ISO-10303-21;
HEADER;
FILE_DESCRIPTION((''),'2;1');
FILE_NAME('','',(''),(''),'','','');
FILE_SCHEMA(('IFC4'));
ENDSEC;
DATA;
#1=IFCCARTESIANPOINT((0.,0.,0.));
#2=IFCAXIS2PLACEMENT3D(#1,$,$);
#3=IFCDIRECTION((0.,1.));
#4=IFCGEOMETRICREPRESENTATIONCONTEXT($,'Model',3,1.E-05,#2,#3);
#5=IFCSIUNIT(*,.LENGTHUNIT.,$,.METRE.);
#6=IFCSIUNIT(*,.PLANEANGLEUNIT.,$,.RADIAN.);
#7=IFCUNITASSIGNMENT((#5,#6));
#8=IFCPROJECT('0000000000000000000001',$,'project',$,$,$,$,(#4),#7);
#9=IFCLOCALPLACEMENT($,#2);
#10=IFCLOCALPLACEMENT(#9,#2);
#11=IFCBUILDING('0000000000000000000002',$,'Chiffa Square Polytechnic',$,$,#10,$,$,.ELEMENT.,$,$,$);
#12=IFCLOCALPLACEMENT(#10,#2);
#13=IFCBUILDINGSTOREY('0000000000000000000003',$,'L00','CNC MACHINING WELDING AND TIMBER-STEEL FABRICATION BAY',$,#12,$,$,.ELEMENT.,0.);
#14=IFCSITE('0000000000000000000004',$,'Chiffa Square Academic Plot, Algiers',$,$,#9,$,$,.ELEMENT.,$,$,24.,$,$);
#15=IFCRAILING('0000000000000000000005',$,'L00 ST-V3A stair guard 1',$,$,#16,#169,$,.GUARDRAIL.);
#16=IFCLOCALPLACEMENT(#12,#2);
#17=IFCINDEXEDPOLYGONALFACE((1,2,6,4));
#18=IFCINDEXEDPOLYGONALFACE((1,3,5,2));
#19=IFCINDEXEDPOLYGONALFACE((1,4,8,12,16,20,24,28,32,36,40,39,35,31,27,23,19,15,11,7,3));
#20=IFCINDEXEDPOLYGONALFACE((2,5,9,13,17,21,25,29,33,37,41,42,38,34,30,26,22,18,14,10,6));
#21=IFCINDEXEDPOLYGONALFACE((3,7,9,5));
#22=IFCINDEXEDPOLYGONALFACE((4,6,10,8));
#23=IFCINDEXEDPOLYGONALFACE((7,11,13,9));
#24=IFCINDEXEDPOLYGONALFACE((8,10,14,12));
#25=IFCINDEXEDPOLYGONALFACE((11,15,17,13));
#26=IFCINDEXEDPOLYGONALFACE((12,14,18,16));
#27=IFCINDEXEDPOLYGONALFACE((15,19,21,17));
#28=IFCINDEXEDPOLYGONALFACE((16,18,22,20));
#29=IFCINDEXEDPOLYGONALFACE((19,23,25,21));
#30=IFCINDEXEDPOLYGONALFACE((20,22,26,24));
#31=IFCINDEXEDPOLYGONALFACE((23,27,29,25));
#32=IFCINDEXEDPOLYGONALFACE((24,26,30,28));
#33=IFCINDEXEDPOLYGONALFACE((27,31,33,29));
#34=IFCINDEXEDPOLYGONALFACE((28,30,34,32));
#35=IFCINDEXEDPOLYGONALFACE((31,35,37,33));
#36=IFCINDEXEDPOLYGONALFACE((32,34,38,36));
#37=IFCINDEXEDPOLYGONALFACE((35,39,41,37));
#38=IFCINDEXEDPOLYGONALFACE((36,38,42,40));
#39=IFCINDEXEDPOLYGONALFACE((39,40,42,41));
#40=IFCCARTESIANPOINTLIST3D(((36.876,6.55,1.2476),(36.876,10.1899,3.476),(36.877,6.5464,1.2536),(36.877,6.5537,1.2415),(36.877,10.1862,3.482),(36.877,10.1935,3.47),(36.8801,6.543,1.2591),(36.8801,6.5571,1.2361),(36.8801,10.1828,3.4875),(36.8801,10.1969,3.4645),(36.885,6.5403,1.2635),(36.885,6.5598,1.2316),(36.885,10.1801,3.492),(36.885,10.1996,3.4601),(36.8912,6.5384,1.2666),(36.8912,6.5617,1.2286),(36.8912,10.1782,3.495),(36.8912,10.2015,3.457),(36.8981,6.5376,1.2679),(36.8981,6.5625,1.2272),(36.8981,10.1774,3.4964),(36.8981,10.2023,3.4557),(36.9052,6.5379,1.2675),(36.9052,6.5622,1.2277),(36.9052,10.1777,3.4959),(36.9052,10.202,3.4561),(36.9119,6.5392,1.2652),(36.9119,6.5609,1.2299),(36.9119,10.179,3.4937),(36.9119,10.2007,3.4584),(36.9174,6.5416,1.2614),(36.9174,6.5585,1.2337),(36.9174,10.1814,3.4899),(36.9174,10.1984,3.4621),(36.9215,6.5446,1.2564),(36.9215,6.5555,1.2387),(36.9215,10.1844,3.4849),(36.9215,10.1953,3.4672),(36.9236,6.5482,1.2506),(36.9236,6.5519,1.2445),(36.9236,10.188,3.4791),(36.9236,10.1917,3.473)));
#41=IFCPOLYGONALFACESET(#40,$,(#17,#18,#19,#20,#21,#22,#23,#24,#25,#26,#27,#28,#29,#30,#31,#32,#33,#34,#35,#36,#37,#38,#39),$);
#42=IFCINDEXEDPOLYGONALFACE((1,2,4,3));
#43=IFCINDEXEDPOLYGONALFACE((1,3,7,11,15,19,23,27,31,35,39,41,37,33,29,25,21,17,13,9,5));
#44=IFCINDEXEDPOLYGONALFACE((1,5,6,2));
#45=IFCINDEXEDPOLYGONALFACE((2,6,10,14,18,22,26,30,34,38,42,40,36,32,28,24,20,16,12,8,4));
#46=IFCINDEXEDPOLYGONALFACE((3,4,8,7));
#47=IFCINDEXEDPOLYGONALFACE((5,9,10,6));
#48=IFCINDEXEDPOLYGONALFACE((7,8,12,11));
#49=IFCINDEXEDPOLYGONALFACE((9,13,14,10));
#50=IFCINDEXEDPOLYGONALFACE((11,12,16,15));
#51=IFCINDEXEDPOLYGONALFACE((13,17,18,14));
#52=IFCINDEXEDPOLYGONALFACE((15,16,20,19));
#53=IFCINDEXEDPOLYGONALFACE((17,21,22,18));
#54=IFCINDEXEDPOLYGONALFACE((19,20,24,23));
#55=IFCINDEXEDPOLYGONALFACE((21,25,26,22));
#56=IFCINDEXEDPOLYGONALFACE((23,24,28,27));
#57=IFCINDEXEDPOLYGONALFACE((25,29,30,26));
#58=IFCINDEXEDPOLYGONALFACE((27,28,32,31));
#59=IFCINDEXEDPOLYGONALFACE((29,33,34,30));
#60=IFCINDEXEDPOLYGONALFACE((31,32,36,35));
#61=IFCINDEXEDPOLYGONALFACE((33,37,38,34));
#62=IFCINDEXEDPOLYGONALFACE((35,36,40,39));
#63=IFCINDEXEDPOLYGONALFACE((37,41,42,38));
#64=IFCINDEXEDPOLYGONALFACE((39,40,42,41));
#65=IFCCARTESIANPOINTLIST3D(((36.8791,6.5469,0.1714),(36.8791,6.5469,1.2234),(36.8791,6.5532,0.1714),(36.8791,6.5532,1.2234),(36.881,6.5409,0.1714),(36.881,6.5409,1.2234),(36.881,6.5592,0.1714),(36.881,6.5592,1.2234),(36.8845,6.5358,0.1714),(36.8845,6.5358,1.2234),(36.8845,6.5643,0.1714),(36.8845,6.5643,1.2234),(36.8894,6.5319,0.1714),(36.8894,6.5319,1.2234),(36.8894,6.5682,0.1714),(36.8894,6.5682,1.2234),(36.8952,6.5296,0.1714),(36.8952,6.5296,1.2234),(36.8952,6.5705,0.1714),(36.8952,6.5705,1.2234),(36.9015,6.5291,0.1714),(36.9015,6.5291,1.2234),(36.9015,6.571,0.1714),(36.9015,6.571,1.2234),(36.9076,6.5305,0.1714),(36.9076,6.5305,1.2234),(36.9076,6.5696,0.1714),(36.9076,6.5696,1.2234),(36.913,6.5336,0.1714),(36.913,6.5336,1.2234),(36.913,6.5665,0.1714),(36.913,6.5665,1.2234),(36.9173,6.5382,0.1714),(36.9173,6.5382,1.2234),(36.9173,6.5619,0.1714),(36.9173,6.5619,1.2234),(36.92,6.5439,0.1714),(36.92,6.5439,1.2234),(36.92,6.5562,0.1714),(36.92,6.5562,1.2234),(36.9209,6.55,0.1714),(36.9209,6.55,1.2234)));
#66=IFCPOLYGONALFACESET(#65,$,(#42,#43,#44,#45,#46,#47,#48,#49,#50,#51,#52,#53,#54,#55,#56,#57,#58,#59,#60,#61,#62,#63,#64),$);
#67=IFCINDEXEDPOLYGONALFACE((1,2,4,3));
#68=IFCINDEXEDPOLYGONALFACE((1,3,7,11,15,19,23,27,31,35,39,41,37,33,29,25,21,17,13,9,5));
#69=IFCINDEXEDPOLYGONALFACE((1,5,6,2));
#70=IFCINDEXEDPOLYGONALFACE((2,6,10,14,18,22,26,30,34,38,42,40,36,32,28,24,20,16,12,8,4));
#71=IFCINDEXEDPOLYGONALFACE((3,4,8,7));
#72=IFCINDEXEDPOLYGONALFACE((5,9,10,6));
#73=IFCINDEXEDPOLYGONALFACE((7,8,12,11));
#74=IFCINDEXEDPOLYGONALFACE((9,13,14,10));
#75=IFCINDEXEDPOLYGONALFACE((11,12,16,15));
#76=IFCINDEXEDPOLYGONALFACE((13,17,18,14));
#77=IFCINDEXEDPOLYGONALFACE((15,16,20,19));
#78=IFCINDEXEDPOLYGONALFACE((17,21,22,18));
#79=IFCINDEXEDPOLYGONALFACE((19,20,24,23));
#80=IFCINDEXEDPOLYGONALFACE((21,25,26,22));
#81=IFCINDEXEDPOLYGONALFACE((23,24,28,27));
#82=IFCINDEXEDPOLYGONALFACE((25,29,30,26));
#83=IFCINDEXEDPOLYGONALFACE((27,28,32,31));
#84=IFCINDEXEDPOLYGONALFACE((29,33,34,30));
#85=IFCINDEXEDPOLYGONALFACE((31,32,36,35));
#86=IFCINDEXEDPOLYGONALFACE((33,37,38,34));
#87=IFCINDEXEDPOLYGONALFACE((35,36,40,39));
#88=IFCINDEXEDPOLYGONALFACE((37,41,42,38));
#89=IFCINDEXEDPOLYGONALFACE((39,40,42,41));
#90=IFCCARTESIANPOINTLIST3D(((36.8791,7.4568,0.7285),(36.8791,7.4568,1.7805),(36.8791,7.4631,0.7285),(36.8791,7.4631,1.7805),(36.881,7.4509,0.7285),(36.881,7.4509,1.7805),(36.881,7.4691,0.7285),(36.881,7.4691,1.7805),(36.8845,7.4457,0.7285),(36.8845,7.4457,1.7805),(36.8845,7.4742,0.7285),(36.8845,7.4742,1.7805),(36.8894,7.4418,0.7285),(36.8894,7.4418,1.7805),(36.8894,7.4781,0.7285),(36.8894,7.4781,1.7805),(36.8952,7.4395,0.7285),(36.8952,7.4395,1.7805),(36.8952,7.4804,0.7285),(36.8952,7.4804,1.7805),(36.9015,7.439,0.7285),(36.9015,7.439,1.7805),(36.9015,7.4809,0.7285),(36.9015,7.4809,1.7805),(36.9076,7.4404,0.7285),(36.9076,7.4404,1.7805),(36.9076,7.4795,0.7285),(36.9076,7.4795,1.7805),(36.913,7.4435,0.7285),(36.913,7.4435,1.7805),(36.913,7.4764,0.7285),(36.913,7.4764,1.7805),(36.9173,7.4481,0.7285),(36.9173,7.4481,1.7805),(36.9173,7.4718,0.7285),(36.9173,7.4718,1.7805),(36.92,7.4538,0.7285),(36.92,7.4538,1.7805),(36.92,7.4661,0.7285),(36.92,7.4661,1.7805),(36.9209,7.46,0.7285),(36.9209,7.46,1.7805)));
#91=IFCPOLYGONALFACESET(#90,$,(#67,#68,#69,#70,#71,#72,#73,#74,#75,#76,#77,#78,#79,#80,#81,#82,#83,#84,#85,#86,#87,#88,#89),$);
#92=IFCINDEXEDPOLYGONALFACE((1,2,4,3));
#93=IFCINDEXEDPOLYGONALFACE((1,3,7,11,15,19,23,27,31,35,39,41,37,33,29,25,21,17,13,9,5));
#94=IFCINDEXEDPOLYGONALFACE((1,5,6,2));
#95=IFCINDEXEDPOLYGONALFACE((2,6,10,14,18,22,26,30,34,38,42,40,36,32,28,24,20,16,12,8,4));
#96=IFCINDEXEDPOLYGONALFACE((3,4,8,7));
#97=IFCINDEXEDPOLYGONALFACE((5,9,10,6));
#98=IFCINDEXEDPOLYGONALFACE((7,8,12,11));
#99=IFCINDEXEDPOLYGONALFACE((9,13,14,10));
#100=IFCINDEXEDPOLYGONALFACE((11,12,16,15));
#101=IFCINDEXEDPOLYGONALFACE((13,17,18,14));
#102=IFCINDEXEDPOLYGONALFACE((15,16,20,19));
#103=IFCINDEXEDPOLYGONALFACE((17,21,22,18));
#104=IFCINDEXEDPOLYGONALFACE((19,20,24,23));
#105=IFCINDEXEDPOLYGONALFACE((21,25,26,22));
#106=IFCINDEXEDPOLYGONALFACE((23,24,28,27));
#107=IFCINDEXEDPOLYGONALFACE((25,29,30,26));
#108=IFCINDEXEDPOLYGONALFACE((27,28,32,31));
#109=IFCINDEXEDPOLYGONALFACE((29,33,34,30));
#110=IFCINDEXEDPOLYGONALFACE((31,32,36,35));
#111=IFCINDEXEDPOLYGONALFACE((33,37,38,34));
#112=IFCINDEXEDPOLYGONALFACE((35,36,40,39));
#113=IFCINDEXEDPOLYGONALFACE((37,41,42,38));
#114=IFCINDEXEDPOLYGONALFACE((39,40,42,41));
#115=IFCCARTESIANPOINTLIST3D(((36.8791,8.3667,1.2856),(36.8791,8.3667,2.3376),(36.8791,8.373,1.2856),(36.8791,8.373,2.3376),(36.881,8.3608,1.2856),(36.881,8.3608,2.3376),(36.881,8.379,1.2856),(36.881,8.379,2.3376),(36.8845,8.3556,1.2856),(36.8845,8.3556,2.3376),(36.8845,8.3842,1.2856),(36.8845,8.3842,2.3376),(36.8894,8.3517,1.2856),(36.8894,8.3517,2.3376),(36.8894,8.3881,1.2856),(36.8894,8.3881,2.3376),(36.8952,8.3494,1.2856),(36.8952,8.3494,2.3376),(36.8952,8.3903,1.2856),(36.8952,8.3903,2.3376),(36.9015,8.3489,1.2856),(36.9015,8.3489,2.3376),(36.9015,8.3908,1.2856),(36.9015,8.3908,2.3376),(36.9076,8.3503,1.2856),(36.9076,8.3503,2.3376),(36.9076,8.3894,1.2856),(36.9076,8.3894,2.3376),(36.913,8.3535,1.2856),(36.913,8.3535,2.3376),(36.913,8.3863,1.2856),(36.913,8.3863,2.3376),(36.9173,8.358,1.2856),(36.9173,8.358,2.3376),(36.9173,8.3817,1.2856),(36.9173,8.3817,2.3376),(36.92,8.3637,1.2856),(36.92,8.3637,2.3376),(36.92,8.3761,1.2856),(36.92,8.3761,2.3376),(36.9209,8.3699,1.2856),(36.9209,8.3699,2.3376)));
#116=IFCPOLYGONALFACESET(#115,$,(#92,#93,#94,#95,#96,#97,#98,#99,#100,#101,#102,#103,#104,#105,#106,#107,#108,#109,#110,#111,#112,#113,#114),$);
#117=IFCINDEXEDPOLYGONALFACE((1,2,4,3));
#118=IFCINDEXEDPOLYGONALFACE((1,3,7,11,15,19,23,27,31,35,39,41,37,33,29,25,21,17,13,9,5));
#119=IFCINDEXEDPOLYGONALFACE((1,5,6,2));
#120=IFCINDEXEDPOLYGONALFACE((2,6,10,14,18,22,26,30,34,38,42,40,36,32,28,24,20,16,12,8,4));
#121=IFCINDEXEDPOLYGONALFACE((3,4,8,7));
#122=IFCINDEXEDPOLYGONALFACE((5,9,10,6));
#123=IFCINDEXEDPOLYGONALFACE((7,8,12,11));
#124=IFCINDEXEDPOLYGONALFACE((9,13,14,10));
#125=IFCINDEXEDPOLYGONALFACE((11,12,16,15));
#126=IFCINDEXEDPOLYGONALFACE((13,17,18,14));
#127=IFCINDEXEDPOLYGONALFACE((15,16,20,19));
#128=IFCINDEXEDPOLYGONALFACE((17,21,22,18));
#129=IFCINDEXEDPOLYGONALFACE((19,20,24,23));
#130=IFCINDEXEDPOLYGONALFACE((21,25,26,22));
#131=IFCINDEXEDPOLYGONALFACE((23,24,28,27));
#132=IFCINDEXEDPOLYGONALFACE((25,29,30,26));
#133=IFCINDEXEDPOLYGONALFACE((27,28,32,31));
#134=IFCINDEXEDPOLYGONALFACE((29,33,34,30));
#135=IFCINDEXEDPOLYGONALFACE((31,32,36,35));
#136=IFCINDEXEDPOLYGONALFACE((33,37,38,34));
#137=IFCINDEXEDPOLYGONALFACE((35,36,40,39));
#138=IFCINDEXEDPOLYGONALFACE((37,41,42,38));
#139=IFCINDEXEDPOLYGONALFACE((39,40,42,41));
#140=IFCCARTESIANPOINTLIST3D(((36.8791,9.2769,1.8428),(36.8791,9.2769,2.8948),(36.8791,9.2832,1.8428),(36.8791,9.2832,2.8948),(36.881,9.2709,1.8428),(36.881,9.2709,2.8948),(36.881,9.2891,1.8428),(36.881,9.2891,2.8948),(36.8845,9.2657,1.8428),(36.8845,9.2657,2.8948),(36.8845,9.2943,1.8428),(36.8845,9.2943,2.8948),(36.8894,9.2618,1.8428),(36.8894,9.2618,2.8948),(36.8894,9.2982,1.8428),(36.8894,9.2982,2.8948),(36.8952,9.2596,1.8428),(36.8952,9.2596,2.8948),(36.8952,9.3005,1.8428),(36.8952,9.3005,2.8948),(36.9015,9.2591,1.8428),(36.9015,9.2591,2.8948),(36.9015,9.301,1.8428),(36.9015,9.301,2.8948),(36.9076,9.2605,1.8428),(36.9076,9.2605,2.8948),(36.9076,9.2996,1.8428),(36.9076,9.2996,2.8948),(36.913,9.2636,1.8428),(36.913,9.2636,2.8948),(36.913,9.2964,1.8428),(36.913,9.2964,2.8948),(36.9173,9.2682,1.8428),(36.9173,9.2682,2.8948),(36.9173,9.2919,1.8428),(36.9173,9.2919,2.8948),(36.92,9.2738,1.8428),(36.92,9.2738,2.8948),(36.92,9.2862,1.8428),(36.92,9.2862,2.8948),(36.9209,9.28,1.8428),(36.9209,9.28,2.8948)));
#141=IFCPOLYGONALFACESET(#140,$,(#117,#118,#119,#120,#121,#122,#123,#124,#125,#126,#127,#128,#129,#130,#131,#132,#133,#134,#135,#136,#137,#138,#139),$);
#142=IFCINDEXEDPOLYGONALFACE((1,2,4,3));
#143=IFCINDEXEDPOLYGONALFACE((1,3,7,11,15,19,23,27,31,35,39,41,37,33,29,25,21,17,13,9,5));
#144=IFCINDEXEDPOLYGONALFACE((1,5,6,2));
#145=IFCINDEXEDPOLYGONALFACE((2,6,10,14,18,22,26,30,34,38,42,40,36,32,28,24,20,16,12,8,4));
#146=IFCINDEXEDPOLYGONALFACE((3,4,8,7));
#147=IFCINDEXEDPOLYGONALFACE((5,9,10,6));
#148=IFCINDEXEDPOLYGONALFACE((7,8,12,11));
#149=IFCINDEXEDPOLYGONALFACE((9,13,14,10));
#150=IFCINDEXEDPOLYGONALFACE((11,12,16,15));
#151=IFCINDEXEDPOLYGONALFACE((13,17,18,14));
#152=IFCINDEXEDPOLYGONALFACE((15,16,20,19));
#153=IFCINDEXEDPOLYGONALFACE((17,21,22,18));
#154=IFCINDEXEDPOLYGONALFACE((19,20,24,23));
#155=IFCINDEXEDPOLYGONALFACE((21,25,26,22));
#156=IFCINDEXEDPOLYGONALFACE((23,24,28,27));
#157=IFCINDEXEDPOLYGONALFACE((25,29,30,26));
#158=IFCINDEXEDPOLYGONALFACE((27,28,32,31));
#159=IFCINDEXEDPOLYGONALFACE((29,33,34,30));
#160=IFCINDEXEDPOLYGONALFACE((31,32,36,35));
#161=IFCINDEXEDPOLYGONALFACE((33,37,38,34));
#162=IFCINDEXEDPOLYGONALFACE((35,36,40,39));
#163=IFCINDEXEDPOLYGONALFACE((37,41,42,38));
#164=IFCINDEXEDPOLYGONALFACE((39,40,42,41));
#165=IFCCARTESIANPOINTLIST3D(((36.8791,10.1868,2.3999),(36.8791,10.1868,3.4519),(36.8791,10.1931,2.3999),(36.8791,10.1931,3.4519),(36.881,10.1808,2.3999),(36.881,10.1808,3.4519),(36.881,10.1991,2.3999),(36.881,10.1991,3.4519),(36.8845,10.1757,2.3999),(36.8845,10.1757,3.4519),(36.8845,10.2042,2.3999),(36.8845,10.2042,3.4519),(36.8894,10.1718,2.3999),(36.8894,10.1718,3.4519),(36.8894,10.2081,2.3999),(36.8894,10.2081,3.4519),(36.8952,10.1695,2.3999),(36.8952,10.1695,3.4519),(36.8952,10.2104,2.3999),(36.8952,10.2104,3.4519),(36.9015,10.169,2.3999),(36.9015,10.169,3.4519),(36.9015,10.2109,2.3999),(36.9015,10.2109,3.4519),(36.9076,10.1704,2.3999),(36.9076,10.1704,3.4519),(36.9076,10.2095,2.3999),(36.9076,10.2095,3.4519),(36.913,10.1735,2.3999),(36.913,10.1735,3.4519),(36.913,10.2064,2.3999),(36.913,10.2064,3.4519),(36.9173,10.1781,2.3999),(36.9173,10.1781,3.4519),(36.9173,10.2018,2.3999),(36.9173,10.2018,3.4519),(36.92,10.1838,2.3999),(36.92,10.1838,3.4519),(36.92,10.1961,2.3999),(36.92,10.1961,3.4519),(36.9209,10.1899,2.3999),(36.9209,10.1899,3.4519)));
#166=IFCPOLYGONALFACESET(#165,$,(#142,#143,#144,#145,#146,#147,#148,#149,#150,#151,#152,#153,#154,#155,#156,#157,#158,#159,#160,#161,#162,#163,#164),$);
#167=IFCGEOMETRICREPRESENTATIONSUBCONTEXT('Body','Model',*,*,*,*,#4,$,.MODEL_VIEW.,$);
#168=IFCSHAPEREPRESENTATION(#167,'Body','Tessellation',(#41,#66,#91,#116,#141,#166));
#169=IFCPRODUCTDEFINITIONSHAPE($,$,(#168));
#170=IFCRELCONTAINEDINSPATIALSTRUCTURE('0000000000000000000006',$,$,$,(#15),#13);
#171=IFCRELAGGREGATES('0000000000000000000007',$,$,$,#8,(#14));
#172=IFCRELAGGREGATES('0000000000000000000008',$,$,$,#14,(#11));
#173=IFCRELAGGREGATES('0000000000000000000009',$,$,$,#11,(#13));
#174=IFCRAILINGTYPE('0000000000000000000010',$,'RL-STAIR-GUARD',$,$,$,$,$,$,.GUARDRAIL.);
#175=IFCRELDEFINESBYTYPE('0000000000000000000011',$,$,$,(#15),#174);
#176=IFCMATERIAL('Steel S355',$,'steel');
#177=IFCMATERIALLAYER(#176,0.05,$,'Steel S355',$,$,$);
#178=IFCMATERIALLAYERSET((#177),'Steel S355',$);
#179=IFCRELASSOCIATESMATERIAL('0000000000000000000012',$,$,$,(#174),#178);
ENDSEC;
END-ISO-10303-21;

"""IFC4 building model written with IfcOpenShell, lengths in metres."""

from ifc_helpers import new_model, si_unit, direction, frame, origin, origin_2d, place, context, subcontext, project, spatial, circle, extrude, material, layer, layer_set, type_object, element, save


model = new_model("IFC4")

# Units and contexts
model_context = context("Model", 3, precision=1e-05, world=origin(), true_north=direction((0.0, 1.0)))
body_context = subcontext(model_context, "Body", "Model", "MODEL_VIEW")
ifc_project = project(units=[si_unit("LENGTHUNIT", "METRE"), si_unit("PLANEANGLEUNIT", "RADIAN")], contexts=[model_context])

# Site, building, storey
site_placement = place(None, origin())
site = spatial("IfcSite", under=ifc_project, at=site_placement, Name="Chiffa Square Academic Plot, Algiers", CompositionType="ELEMENT", RefElevation=24.0)
building_placement = place(site_placement, origin())
building = spatial("IfcBuilding", under=site, at=building_placement, Name="Chiffa Square Polytechnic", CompositionType="ELEMENT")
storey_placement = place(building_placement, origin())
storey = spatial("IfcBuildingStorey", under=building, at=storey_placement, Name="L00", Description="CNC MACHINING WELDING AND TIMBER-STEEL FABRICATION BAY", CompositionType="ELEMENT", Elevation=0.0)

# Railing
ifc_material_1 = material(Name="Steel S355", Category="steel")
ifc_layer_1 = layer(ifc_material_1, 0.05, Name="Steel S355")
ifc_layer_set_1 = layer_set([ifc_layer_1], Name="Steel S355")
railing_type_1 = type_object("IfcRailingType", Name="RL-STAIR-GUARD", PredefinedType="GUARDRAIL", material=ifc_layer_set_1)
railing_1_placement = place(storey_placement, frame((36.8999, 6.55, 0.1714)))
element("IfcRailing", 1, at=railing_1_placement, inside=storey, type_object=railing_type_1, Name="L00 ST-V3A stair guard 1", PredefinedType="GUARDRAIL", context=body_context, shape_type="SweptSolid", body=[
    extrude(circle(Radius=0.0239, at=origin_2d()), frame((0.0, 0.0, 1.0762), z_axis=(0.0, 0.85285, 0.522156), x_axis=(-1.0, 0.0, 0.0)), (0.0, 0.0, 1.0), 4.2678),
    extrude(circle(Radius=0.021, at=origin_2d()), origin(), (0.0, 0.0, 1.0), 1.052),
    extrude(circle(Radius=0.021, at=origin_2d()), frame((0.0, 0.9099, 0.5571)), (0.0, 0.0, 1.0), 1.052),
    extrude(circle(Radius=0.021, at=origin_2d()), frame((0.0, 1.8198, 1.1143)), (0.0, 0.0, 1.0), 1.052),
    extrude(circle(Radius=0.021, at=origin_2d()), frame((0.0, 2.73, 1.6714)), (0.0, 0.0, 1.0), 1.052),
    extrude(circle(Radius=0.021, at=origin_2d()), frame((0.0, 3.6399, 2.2285)), (0.0, 0.0, 1.0), 1.052),
])

save(model, "model.ifc")
